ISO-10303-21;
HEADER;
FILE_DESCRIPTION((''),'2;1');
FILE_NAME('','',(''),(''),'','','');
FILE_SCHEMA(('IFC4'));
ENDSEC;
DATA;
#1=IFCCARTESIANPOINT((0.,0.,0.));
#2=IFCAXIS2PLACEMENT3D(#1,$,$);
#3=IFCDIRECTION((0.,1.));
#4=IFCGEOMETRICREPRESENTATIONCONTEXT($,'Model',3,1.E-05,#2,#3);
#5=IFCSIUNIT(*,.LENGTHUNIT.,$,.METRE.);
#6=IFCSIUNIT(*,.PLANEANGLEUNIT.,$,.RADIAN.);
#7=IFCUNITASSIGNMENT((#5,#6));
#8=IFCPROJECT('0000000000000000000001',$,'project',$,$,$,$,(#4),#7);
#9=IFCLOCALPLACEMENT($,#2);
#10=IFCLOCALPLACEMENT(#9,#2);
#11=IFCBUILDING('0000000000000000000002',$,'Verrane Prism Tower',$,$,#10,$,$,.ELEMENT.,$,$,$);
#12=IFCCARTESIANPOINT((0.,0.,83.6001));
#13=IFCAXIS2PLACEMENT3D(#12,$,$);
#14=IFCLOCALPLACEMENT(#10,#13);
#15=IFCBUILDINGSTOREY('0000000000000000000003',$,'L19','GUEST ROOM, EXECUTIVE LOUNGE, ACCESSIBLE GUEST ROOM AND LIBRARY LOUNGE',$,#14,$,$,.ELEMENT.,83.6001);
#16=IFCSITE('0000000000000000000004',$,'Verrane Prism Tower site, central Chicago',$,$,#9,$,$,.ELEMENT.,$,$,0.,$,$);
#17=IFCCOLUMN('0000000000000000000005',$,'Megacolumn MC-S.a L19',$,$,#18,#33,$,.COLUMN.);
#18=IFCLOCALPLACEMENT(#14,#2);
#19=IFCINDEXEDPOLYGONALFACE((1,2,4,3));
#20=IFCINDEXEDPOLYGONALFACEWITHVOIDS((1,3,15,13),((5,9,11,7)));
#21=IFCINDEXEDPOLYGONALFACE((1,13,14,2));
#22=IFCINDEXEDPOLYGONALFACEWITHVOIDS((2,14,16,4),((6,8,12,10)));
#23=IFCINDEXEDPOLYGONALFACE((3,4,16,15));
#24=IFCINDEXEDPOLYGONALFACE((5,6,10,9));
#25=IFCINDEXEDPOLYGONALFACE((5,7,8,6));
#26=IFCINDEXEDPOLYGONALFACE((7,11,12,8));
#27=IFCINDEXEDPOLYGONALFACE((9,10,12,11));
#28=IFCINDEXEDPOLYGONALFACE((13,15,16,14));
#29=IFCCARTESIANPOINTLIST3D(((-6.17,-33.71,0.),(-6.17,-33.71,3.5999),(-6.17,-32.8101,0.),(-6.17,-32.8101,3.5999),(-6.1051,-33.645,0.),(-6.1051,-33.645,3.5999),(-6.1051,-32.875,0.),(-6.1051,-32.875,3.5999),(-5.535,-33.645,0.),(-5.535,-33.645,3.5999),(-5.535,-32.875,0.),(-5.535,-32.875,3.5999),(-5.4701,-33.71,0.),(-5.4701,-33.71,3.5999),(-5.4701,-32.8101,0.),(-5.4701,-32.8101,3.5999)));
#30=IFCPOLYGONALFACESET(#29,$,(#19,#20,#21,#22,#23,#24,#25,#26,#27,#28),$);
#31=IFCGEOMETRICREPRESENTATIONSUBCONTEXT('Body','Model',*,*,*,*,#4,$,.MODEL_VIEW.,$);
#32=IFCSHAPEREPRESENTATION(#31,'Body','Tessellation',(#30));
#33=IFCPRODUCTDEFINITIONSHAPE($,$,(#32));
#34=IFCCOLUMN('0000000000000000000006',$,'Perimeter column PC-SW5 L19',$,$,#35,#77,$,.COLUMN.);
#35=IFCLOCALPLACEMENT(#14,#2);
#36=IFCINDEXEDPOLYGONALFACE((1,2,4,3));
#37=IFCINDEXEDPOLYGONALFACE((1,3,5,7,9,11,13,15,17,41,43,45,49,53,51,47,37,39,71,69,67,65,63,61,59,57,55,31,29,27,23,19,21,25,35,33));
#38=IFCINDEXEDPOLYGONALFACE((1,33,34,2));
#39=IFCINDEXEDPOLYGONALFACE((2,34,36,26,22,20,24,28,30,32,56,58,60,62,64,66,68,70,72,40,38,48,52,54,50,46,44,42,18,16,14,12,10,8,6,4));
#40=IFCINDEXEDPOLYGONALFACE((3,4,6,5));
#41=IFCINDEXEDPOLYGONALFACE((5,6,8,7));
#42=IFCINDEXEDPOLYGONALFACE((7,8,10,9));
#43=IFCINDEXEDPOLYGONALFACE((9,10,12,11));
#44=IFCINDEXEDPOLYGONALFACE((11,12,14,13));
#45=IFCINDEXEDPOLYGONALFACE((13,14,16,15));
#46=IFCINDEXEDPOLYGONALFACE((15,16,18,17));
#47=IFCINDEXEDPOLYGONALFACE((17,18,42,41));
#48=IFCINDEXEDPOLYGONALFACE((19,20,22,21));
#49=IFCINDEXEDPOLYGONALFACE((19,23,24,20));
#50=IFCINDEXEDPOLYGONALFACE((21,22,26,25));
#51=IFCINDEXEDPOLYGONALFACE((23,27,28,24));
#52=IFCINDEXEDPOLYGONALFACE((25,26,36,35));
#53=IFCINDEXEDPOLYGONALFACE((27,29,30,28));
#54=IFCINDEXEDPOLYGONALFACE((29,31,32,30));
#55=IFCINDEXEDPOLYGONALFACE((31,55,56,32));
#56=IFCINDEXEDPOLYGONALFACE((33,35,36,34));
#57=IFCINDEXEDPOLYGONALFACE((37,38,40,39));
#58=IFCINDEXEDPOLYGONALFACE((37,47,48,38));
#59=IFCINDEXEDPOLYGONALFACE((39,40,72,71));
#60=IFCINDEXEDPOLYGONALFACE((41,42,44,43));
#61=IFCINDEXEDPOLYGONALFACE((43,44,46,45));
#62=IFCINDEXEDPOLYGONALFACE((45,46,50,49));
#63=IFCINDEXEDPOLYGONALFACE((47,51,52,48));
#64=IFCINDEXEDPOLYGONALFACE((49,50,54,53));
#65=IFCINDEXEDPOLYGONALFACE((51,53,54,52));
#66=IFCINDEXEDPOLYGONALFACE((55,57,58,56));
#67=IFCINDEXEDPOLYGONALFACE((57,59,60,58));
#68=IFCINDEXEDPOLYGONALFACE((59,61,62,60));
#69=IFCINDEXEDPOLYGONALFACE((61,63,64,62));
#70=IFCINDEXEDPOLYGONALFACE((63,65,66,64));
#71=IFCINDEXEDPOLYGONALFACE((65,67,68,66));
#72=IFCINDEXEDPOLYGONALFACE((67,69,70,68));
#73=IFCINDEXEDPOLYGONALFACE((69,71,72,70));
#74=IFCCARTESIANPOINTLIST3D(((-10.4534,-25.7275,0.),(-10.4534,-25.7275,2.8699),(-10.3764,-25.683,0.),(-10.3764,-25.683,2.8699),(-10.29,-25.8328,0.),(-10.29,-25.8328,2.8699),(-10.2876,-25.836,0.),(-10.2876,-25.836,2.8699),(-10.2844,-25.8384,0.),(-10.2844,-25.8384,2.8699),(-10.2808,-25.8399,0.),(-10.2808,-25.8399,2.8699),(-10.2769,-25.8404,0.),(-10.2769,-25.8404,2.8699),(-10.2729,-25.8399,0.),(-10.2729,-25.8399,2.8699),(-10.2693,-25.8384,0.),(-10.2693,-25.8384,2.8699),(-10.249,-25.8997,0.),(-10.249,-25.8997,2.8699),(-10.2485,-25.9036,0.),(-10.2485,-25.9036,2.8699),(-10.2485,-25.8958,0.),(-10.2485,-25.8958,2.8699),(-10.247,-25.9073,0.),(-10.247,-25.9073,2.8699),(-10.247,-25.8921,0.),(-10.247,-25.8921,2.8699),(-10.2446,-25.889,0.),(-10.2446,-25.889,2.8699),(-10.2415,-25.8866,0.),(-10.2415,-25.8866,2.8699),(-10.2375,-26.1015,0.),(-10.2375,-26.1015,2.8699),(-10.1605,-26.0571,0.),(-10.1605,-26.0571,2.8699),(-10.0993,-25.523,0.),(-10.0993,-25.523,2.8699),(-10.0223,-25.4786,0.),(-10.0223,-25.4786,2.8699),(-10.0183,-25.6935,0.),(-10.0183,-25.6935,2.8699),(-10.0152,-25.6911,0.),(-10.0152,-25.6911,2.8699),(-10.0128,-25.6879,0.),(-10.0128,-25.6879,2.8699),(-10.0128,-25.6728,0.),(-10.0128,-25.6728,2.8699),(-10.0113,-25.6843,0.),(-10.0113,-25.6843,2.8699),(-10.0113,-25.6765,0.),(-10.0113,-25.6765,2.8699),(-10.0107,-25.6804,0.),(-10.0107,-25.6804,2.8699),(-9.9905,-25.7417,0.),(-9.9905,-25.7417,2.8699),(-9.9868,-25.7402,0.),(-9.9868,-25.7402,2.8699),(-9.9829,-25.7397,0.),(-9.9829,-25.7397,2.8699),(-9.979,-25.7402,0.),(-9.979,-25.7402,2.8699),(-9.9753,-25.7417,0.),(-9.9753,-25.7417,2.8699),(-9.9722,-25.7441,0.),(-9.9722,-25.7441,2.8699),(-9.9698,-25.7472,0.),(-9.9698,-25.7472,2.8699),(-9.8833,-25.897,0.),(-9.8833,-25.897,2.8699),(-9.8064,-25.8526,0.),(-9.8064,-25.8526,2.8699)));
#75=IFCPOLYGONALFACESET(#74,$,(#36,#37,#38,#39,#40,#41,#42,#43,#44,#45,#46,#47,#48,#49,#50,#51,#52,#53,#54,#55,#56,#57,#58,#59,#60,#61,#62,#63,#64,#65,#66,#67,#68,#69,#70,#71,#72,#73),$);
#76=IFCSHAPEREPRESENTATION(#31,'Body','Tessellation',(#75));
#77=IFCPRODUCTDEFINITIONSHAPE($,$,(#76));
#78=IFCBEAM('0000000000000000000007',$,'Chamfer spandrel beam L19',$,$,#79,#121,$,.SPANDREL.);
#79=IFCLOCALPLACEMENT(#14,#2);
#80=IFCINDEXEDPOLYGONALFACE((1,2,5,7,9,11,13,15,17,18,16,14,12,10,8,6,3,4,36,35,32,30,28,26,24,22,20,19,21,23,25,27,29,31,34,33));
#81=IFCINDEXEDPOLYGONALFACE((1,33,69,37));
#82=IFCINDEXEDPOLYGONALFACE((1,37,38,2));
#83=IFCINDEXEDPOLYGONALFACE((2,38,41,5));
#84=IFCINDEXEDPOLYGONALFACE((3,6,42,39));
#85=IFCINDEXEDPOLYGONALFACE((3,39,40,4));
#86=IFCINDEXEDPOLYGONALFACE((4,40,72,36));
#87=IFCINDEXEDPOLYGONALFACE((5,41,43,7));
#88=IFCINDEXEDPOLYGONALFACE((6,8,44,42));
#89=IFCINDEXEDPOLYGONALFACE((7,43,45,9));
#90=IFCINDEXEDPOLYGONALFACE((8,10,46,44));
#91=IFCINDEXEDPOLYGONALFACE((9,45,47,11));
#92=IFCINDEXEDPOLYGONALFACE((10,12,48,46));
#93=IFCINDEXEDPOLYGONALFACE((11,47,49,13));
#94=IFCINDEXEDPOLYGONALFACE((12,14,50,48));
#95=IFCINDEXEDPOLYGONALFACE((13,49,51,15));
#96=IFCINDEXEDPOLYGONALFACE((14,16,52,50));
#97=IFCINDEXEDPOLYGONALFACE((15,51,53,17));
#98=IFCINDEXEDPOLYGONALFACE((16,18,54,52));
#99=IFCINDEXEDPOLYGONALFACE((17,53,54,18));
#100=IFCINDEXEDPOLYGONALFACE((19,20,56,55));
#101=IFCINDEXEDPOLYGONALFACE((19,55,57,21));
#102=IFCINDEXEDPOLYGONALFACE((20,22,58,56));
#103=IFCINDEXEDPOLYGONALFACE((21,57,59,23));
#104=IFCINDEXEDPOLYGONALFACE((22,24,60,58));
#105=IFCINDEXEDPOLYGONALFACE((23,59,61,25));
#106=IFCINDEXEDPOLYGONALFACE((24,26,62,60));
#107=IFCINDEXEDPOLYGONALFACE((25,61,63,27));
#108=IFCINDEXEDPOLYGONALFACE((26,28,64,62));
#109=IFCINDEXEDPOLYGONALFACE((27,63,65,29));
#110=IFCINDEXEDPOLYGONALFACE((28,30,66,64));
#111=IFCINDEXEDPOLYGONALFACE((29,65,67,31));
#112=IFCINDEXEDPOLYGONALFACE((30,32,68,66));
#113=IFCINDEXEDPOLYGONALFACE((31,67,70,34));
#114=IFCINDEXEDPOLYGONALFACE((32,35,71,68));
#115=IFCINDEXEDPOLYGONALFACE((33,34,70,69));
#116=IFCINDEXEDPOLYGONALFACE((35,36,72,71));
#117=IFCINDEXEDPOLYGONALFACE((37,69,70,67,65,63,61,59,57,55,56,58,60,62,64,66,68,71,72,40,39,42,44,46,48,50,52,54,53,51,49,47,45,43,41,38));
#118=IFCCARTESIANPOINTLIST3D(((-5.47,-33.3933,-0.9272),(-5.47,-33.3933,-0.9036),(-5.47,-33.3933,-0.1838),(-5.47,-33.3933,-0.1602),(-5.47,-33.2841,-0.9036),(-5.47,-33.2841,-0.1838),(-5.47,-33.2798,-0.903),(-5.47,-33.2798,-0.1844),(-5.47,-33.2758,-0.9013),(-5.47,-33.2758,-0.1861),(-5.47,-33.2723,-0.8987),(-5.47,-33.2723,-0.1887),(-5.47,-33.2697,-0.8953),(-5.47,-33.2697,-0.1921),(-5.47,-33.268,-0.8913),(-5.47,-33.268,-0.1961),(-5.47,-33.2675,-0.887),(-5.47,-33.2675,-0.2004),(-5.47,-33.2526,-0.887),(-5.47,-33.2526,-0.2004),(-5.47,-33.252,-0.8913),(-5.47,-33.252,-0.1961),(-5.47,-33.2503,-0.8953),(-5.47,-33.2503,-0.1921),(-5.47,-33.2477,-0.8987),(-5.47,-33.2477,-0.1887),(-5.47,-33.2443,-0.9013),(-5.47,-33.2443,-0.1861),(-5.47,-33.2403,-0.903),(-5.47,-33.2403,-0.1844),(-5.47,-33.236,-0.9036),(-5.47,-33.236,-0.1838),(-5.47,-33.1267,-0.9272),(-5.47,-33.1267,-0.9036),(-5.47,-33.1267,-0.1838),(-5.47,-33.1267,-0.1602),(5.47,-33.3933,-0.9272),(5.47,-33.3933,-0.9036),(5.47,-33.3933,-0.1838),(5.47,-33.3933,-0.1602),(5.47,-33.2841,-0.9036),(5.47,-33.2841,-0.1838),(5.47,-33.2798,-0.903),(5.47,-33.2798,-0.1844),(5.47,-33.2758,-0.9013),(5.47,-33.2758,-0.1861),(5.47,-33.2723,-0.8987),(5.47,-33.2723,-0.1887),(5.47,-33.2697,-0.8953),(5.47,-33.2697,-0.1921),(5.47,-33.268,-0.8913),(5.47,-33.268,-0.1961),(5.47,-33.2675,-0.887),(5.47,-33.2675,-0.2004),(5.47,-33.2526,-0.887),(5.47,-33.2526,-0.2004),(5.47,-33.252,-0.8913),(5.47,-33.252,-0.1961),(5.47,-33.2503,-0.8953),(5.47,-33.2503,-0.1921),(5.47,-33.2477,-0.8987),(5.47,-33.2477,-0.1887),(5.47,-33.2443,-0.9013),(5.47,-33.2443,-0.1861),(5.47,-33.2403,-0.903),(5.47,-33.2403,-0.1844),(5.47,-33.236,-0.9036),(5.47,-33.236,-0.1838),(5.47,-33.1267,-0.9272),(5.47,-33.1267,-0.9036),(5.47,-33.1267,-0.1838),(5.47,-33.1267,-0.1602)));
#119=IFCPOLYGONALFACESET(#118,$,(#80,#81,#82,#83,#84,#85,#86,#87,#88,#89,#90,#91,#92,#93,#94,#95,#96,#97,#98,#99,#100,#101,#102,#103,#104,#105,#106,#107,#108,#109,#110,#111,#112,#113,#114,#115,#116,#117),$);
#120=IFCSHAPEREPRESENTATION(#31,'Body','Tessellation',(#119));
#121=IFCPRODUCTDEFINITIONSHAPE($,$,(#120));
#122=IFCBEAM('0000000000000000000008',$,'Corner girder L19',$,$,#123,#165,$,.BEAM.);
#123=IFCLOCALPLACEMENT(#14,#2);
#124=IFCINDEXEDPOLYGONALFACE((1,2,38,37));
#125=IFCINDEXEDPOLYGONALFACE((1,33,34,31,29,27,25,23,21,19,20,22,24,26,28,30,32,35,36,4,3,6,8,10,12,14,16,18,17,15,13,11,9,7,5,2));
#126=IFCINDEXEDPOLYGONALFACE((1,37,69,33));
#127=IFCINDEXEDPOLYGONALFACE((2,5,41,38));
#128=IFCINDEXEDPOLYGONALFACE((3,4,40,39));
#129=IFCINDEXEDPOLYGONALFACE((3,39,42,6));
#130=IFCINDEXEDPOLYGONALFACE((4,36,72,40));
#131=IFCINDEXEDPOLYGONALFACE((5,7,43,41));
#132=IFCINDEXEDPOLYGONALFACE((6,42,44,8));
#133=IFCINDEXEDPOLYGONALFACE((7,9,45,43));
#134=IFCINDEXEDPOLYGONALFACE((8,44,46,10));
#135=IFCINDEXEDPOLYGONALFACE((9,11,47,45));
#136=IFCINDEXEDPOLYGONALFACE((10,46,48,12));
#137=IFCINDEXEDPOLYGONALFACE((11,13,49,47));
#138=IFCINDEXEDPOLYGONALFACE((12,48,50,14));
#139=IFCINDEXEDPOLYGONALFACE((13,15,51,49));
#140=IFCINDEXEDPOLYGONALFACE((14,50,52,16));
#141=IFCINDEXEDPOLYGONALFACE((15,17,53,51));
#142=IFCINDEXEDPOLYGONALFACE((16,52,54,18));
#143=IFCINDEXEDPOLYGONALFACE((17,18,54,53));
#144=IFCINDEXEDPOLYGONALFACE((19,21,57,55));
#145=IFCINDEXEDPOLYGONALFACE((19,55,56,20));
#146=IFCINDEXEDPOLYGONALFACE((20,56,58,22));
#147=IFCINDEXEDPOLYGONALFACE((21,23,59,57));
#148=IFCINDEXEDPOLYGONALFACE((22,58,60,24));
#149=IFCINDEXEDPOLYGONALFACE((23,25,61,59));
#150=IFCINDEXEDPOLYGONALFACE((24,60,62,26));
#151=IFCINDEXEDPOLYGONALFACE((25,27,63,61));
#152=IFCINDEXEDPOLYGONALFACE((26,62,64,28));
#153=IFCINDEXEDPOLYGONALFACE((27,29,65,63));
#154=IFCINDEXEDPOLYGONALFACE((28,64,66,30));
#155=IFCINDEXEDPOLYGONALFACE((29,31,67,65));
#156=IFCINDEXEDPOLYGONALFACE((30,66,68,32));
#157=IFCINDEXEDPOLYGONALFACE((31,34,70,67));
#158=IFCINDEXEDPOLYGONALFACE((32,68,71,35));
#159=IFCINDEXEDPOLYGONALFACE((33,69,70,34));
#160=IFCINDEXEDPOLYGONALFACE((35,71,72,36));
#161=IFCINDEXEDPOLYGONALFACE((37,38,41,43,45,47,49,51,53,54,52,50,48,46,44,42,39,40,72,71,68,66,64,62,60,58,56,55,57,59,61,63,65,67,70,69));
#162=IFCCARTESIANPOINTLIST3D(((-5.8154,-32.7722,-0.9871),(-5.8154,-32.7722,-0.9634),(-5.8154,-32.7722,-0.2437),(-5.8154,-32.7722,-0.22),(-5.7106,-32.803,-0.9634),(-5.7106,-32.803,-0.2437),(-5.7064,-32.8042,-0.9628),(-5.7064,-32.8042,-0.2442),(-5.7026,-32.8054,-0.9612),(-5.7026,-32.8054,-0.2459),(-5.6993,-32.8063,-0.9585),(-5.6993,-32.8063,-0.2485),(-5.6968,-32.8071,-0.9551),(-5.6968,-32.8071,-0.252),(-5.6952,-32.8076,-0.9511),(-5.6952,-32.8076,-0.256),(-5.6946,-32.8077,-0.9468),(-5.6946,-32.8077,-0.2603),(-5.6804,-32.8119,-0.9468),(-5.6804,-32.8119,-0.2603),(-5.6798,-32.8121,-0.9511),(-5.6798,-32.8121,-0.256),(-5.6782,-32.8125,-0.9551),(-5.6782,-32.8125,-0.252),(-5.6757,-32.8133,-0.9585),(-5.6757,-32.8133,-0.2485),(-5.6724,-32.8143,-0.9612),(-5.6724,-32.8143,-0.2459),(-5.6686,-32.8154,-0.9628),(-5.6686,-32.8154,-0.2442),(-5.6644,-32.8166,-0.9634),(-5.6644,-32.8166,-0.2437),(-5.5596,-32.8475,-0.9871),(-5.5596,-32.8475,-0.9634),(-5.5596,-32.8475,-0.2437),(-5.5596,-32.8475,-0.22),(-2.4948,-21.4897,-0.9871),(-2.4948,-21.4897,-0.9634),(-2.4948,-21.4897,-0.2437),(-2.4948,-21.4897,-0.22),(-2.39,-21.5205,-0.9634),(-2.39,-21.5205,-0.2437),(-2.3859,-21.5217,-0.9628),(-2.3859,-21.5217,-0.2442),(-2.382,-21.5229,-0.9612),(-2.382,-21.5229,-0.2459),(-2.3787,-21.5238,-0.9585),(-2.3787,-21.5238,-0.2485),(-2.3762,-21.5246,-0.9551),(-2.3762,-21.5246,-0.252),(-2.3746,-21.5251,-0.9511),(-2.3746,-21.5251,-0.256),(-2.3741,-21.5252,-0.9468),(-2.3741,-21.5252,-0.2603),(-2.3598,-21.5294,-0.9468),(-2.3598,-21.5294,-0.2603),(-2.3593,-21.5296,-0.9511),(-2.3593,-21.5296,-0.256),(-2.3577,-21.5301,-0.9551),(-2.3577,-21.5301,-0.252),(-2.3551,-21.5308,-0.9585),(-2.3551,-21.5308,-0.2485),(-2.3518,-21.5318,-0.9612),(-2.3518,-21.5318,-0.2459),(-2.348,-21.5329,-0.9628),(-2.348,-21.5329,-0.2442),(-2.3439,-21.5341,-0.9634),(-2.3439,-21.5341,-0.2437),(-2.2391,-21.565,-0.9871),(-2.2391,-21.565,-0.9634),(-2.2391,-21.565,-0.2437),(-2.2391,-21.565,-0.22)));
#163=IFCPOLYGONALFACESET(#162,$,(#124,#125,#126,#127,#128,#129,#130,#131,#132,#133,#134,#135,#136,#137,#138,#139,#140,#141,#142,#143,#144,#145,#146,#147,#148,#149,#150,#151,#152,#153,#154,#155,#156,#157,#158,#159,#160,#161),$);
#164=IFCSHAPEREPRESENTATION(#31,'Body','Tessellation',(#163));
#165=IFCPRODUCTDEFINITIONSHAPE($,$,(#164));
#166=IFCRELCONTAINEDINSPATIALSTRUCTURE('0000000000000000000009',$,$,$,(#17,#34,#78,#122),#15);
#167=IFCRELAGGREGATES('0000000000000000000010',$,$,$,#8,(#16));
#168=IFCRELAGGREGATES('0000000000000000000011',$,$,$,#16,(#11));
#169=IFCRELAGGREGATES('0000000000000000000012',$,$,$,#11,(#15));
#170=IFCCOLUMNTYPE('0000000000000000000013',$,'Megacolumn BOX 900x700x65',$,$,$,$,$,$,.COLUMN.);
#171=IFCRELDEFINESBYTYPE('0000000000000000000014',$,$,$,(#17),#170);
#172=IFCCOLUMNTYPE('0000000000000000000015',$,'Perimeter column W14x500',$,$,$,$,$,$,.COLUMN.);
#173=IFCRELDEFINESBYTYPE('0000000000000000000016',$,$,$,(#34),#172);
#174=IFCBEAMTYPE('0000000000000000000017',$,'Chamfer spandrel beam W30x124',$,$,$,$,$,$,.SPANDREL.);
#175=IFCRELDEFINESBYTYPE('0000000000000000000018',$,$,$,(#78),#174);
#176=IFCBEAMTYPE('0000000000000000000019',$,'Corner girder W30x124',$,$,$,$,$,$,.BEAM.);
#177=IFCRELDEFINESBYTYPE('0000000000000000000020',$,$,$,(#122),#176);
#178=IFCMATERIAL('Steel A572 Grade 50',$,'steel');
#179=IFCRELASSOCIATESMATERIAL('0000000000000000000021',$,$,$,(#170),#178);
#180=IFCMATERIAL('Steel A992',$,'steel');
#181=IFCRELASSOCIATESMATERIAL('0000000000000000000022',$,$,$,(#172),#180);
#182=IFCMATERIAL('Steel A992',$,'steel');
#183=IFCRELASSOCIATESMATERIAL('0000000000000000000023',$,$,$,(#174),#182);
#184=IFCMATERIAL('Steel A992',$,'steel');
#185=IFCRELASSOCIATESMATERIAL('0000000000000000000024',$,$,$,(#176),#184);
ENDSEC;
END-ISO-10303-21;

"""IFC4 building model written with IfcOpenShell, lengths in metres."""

from ifc_helpers import new_model, si_unit, direction, frame, origin, origin_2d, place, context, subcontext, project, spatial, hollow_rectangle, i_section, extrude, material, material_profile, profile_set, type_object, element, save


model = new_model("IFC4")

# Units and contexts
model_context = context("Model", 3, precision=1e-05, world=origin(), true_north=direction((0.0, 1.0)))
body_context = subcontext(model_context, "Body", "Model", "MODEL_VIEW")
ifc_project = project(units=[si_unit("LENGTHUNIT", "METRE"), si_unit("PLANEANGLEUNIT", "RADIAN")], contexts=[model_context])

# Site, building, storey
site_placement = place(None, origin())
site = spatial("IfcSite", under=ifc_project, at=site_placement, Name="Verrane Prism Tower site, central Chicago", CompositionType="ELEMENT", RefElevation=0.0)
building_placement = place(site_placement, origin())
building = spatial("IfcBuilding", under=site, at=building_placement, Name="Verrane Prism Tower", CompositionType="ELEMENT")
storey_placement = place(building_placement, frame((0.0, 0.0, 83.6001)))
storey = spatial("IfcBuildingStorey", under=building, at=storey_placement, Name="L19", Description="GUEST ROOM, EXECUTIVE LOUNGE, ACCESSIBLE GUEST ROOM AND LIBRARY LOUNGE", CompositionType="ELEMENT", Elevation=83.6001)

# Columns
ifc_material_1 = material(Name="Steel A572 Grade 50", Category="steel")
ifc_material_profile_1 = material_profile(ifc_material_1, hollow_rectangle(XDim=0.7, YDim=0.8999, WallThickness=0.0649, at=origin_2d()), Name="BOX 900x700x65")
ifc_profile_set_1 = profile_set([ifc_material_profile_1], Name="Steel A572 Grade 50")
column_type_1 = type_object("IfcColumnType", Name="Megacolumn BOX 900x700x65", PredefinedType="COLUMN", material=ifc_profile_set_1)
column_1_placement = place(storey_placement, frame((-5.8201, -33.26, 0.0), z_axis=(0.0, 0.0, 1.0), x_axis=(-1.0, 0.0, 0.0)))
element("IfcColumn", 1, at=column_1_placement, inside=storey, type_object=column_type_1, Name="Megacolumn MC-S.a L19", PredefinedType="COLUMN", context=body_context, shape_type="SweptSolid", body=[
    extrude(hollow_rectangle(XDim=0.7, YDim=0.8999, WallThickness=0.0649, at=origin_2d()), origin(), (0.0, 0.0, 1.0), 3.5999),
])
ifc_material_2 = material(Name="Steel A992", Category="steel")
ifc_material_profile_2 = material_profile(ifc_material_2, i_section(OverallWidth=0.4319, OverallDepth=0.4978, WebThickness=0.0557, FlangeThickness=0.0889, FilletRadius=0.0151, at=origin_2d()), Name="W14x500")
ifc_profile_set_2 = profile_set([ifc_material_profile_2], Name="Steel A992")
column_type_2 = type_object("IfcColumnType", Name="Perimeter column W14x500", PredefinedType="COLUMN", material=ifc_profile_set_2)
column_2_placement = place(storey_placement, frame((-10.1299, -25.79, 0.0), z_axis=(0.0, 0.0, 1.0), x_axis=(-0.5, 0.866025, 0.0)))
element("IfcColumn", 2, at=column_2_placement, inside=storey, type_object=column_type_2, Name="Perimeter column PC-SW5 L19", PredefinedType="COLUMN", context=body_context, shape_type="SweptSolid", body=[
    extrude(i_section(OverallWidth=0.4319, OverallDepth=0.4978, WebThickness=0.0557, FlangeThickness=0.0889, FilletRadius=0.0151, at=origin_2d()), origin(), (0.0, 0.0, 1.0), 2.8699),
])

# Beams
ifc_material_3 = material(Name="Steel A992", Category="steel")
ifc_material_profile_3 = material_profile(ifc_material_3, i_section(OverallWidth=0.2666, OverallDepth=0.7671, WebThickness=0.0149, FlangeThickness=0.0237, FilletRadius=0.0166, at=origin_2d()), Name="W30x124")
ifc_profile_set_3 = profile_set([ifc_material_profile_3], Name="Steel A992")
beam_type_1 = type_object("IfcBeamType", Name="Chamfer spandrel beam W30x124", PredefinedType="SPANDREL", material=ifc_profile_set_3)
beam_1_placement = place(storey_placement, frame((-5.47, -33.26, -0.5437), z_axis=(1.0, 0.0, 0.0), x_axis=(0.0, 1.0, 0.0)))
element("IfcBeam", 3, at=beam_1_placement, inside=storey, type_object=beam_type_1, Name="Chamfer spandrel beam L19", PredefinedType="SPANDREL", context=body_context, shape_type="SweptSolid", body=[
    extrude(i_section(OverallWidth=0.2666, OverallDepth=0.7671, WebThickness=0.0149, FlangeThickness=0.0237, FilletRadius=0.0166, at=origin_2d()), origin(), (0.0, 0.0, 1.0), 10.9399),
])
ifc_material_4 = material(Name="Steel A992", Category="steel")
ifc_material_profile_4 = material_profile(ifc_material_4, i_section(OverallWidth=0.2666, OverallDepth=0.7671, WebThickness=0.0149, FlangeThickness=0.0237, FilletRadius=0.0166, at=origin_2d()), Name="W30x124")
ifc_profile_set_4 = profile_set([ifc_material_profile_4], Name="Steel A992")
beam_type_2 = type_object("IfcBeamType", Name="Corner girder W30x124", PredefinedType="BEAM", material=ifc_profile_set_4)
beam_2_placement = place(storey_placement, frame((-5.6875, -32.8098, -0.6035), z_axis=(0.282337, 0.959315, 0.0), x_axis=(-0.959315, 0.282337, 0.0)))
element("IfcBeam", 4, at=beam_2_placement, inside=storey, type_object=beam_type_2, Name="Corner girder L19", PredefinedType="BEAM", context=body_context, shape_type="SweptSolid", body=[
    extrude(i_section(OverallWidth=0.2666, OverallDepth=0.7671, WebThickness=0.0149, FlangeThickness=0.0237, FilletRadius=0.0166, at=origin_2d()), origin(), (0.0, 0.0, 1.0), 11.761),
])

save(model, "model.ifc")
